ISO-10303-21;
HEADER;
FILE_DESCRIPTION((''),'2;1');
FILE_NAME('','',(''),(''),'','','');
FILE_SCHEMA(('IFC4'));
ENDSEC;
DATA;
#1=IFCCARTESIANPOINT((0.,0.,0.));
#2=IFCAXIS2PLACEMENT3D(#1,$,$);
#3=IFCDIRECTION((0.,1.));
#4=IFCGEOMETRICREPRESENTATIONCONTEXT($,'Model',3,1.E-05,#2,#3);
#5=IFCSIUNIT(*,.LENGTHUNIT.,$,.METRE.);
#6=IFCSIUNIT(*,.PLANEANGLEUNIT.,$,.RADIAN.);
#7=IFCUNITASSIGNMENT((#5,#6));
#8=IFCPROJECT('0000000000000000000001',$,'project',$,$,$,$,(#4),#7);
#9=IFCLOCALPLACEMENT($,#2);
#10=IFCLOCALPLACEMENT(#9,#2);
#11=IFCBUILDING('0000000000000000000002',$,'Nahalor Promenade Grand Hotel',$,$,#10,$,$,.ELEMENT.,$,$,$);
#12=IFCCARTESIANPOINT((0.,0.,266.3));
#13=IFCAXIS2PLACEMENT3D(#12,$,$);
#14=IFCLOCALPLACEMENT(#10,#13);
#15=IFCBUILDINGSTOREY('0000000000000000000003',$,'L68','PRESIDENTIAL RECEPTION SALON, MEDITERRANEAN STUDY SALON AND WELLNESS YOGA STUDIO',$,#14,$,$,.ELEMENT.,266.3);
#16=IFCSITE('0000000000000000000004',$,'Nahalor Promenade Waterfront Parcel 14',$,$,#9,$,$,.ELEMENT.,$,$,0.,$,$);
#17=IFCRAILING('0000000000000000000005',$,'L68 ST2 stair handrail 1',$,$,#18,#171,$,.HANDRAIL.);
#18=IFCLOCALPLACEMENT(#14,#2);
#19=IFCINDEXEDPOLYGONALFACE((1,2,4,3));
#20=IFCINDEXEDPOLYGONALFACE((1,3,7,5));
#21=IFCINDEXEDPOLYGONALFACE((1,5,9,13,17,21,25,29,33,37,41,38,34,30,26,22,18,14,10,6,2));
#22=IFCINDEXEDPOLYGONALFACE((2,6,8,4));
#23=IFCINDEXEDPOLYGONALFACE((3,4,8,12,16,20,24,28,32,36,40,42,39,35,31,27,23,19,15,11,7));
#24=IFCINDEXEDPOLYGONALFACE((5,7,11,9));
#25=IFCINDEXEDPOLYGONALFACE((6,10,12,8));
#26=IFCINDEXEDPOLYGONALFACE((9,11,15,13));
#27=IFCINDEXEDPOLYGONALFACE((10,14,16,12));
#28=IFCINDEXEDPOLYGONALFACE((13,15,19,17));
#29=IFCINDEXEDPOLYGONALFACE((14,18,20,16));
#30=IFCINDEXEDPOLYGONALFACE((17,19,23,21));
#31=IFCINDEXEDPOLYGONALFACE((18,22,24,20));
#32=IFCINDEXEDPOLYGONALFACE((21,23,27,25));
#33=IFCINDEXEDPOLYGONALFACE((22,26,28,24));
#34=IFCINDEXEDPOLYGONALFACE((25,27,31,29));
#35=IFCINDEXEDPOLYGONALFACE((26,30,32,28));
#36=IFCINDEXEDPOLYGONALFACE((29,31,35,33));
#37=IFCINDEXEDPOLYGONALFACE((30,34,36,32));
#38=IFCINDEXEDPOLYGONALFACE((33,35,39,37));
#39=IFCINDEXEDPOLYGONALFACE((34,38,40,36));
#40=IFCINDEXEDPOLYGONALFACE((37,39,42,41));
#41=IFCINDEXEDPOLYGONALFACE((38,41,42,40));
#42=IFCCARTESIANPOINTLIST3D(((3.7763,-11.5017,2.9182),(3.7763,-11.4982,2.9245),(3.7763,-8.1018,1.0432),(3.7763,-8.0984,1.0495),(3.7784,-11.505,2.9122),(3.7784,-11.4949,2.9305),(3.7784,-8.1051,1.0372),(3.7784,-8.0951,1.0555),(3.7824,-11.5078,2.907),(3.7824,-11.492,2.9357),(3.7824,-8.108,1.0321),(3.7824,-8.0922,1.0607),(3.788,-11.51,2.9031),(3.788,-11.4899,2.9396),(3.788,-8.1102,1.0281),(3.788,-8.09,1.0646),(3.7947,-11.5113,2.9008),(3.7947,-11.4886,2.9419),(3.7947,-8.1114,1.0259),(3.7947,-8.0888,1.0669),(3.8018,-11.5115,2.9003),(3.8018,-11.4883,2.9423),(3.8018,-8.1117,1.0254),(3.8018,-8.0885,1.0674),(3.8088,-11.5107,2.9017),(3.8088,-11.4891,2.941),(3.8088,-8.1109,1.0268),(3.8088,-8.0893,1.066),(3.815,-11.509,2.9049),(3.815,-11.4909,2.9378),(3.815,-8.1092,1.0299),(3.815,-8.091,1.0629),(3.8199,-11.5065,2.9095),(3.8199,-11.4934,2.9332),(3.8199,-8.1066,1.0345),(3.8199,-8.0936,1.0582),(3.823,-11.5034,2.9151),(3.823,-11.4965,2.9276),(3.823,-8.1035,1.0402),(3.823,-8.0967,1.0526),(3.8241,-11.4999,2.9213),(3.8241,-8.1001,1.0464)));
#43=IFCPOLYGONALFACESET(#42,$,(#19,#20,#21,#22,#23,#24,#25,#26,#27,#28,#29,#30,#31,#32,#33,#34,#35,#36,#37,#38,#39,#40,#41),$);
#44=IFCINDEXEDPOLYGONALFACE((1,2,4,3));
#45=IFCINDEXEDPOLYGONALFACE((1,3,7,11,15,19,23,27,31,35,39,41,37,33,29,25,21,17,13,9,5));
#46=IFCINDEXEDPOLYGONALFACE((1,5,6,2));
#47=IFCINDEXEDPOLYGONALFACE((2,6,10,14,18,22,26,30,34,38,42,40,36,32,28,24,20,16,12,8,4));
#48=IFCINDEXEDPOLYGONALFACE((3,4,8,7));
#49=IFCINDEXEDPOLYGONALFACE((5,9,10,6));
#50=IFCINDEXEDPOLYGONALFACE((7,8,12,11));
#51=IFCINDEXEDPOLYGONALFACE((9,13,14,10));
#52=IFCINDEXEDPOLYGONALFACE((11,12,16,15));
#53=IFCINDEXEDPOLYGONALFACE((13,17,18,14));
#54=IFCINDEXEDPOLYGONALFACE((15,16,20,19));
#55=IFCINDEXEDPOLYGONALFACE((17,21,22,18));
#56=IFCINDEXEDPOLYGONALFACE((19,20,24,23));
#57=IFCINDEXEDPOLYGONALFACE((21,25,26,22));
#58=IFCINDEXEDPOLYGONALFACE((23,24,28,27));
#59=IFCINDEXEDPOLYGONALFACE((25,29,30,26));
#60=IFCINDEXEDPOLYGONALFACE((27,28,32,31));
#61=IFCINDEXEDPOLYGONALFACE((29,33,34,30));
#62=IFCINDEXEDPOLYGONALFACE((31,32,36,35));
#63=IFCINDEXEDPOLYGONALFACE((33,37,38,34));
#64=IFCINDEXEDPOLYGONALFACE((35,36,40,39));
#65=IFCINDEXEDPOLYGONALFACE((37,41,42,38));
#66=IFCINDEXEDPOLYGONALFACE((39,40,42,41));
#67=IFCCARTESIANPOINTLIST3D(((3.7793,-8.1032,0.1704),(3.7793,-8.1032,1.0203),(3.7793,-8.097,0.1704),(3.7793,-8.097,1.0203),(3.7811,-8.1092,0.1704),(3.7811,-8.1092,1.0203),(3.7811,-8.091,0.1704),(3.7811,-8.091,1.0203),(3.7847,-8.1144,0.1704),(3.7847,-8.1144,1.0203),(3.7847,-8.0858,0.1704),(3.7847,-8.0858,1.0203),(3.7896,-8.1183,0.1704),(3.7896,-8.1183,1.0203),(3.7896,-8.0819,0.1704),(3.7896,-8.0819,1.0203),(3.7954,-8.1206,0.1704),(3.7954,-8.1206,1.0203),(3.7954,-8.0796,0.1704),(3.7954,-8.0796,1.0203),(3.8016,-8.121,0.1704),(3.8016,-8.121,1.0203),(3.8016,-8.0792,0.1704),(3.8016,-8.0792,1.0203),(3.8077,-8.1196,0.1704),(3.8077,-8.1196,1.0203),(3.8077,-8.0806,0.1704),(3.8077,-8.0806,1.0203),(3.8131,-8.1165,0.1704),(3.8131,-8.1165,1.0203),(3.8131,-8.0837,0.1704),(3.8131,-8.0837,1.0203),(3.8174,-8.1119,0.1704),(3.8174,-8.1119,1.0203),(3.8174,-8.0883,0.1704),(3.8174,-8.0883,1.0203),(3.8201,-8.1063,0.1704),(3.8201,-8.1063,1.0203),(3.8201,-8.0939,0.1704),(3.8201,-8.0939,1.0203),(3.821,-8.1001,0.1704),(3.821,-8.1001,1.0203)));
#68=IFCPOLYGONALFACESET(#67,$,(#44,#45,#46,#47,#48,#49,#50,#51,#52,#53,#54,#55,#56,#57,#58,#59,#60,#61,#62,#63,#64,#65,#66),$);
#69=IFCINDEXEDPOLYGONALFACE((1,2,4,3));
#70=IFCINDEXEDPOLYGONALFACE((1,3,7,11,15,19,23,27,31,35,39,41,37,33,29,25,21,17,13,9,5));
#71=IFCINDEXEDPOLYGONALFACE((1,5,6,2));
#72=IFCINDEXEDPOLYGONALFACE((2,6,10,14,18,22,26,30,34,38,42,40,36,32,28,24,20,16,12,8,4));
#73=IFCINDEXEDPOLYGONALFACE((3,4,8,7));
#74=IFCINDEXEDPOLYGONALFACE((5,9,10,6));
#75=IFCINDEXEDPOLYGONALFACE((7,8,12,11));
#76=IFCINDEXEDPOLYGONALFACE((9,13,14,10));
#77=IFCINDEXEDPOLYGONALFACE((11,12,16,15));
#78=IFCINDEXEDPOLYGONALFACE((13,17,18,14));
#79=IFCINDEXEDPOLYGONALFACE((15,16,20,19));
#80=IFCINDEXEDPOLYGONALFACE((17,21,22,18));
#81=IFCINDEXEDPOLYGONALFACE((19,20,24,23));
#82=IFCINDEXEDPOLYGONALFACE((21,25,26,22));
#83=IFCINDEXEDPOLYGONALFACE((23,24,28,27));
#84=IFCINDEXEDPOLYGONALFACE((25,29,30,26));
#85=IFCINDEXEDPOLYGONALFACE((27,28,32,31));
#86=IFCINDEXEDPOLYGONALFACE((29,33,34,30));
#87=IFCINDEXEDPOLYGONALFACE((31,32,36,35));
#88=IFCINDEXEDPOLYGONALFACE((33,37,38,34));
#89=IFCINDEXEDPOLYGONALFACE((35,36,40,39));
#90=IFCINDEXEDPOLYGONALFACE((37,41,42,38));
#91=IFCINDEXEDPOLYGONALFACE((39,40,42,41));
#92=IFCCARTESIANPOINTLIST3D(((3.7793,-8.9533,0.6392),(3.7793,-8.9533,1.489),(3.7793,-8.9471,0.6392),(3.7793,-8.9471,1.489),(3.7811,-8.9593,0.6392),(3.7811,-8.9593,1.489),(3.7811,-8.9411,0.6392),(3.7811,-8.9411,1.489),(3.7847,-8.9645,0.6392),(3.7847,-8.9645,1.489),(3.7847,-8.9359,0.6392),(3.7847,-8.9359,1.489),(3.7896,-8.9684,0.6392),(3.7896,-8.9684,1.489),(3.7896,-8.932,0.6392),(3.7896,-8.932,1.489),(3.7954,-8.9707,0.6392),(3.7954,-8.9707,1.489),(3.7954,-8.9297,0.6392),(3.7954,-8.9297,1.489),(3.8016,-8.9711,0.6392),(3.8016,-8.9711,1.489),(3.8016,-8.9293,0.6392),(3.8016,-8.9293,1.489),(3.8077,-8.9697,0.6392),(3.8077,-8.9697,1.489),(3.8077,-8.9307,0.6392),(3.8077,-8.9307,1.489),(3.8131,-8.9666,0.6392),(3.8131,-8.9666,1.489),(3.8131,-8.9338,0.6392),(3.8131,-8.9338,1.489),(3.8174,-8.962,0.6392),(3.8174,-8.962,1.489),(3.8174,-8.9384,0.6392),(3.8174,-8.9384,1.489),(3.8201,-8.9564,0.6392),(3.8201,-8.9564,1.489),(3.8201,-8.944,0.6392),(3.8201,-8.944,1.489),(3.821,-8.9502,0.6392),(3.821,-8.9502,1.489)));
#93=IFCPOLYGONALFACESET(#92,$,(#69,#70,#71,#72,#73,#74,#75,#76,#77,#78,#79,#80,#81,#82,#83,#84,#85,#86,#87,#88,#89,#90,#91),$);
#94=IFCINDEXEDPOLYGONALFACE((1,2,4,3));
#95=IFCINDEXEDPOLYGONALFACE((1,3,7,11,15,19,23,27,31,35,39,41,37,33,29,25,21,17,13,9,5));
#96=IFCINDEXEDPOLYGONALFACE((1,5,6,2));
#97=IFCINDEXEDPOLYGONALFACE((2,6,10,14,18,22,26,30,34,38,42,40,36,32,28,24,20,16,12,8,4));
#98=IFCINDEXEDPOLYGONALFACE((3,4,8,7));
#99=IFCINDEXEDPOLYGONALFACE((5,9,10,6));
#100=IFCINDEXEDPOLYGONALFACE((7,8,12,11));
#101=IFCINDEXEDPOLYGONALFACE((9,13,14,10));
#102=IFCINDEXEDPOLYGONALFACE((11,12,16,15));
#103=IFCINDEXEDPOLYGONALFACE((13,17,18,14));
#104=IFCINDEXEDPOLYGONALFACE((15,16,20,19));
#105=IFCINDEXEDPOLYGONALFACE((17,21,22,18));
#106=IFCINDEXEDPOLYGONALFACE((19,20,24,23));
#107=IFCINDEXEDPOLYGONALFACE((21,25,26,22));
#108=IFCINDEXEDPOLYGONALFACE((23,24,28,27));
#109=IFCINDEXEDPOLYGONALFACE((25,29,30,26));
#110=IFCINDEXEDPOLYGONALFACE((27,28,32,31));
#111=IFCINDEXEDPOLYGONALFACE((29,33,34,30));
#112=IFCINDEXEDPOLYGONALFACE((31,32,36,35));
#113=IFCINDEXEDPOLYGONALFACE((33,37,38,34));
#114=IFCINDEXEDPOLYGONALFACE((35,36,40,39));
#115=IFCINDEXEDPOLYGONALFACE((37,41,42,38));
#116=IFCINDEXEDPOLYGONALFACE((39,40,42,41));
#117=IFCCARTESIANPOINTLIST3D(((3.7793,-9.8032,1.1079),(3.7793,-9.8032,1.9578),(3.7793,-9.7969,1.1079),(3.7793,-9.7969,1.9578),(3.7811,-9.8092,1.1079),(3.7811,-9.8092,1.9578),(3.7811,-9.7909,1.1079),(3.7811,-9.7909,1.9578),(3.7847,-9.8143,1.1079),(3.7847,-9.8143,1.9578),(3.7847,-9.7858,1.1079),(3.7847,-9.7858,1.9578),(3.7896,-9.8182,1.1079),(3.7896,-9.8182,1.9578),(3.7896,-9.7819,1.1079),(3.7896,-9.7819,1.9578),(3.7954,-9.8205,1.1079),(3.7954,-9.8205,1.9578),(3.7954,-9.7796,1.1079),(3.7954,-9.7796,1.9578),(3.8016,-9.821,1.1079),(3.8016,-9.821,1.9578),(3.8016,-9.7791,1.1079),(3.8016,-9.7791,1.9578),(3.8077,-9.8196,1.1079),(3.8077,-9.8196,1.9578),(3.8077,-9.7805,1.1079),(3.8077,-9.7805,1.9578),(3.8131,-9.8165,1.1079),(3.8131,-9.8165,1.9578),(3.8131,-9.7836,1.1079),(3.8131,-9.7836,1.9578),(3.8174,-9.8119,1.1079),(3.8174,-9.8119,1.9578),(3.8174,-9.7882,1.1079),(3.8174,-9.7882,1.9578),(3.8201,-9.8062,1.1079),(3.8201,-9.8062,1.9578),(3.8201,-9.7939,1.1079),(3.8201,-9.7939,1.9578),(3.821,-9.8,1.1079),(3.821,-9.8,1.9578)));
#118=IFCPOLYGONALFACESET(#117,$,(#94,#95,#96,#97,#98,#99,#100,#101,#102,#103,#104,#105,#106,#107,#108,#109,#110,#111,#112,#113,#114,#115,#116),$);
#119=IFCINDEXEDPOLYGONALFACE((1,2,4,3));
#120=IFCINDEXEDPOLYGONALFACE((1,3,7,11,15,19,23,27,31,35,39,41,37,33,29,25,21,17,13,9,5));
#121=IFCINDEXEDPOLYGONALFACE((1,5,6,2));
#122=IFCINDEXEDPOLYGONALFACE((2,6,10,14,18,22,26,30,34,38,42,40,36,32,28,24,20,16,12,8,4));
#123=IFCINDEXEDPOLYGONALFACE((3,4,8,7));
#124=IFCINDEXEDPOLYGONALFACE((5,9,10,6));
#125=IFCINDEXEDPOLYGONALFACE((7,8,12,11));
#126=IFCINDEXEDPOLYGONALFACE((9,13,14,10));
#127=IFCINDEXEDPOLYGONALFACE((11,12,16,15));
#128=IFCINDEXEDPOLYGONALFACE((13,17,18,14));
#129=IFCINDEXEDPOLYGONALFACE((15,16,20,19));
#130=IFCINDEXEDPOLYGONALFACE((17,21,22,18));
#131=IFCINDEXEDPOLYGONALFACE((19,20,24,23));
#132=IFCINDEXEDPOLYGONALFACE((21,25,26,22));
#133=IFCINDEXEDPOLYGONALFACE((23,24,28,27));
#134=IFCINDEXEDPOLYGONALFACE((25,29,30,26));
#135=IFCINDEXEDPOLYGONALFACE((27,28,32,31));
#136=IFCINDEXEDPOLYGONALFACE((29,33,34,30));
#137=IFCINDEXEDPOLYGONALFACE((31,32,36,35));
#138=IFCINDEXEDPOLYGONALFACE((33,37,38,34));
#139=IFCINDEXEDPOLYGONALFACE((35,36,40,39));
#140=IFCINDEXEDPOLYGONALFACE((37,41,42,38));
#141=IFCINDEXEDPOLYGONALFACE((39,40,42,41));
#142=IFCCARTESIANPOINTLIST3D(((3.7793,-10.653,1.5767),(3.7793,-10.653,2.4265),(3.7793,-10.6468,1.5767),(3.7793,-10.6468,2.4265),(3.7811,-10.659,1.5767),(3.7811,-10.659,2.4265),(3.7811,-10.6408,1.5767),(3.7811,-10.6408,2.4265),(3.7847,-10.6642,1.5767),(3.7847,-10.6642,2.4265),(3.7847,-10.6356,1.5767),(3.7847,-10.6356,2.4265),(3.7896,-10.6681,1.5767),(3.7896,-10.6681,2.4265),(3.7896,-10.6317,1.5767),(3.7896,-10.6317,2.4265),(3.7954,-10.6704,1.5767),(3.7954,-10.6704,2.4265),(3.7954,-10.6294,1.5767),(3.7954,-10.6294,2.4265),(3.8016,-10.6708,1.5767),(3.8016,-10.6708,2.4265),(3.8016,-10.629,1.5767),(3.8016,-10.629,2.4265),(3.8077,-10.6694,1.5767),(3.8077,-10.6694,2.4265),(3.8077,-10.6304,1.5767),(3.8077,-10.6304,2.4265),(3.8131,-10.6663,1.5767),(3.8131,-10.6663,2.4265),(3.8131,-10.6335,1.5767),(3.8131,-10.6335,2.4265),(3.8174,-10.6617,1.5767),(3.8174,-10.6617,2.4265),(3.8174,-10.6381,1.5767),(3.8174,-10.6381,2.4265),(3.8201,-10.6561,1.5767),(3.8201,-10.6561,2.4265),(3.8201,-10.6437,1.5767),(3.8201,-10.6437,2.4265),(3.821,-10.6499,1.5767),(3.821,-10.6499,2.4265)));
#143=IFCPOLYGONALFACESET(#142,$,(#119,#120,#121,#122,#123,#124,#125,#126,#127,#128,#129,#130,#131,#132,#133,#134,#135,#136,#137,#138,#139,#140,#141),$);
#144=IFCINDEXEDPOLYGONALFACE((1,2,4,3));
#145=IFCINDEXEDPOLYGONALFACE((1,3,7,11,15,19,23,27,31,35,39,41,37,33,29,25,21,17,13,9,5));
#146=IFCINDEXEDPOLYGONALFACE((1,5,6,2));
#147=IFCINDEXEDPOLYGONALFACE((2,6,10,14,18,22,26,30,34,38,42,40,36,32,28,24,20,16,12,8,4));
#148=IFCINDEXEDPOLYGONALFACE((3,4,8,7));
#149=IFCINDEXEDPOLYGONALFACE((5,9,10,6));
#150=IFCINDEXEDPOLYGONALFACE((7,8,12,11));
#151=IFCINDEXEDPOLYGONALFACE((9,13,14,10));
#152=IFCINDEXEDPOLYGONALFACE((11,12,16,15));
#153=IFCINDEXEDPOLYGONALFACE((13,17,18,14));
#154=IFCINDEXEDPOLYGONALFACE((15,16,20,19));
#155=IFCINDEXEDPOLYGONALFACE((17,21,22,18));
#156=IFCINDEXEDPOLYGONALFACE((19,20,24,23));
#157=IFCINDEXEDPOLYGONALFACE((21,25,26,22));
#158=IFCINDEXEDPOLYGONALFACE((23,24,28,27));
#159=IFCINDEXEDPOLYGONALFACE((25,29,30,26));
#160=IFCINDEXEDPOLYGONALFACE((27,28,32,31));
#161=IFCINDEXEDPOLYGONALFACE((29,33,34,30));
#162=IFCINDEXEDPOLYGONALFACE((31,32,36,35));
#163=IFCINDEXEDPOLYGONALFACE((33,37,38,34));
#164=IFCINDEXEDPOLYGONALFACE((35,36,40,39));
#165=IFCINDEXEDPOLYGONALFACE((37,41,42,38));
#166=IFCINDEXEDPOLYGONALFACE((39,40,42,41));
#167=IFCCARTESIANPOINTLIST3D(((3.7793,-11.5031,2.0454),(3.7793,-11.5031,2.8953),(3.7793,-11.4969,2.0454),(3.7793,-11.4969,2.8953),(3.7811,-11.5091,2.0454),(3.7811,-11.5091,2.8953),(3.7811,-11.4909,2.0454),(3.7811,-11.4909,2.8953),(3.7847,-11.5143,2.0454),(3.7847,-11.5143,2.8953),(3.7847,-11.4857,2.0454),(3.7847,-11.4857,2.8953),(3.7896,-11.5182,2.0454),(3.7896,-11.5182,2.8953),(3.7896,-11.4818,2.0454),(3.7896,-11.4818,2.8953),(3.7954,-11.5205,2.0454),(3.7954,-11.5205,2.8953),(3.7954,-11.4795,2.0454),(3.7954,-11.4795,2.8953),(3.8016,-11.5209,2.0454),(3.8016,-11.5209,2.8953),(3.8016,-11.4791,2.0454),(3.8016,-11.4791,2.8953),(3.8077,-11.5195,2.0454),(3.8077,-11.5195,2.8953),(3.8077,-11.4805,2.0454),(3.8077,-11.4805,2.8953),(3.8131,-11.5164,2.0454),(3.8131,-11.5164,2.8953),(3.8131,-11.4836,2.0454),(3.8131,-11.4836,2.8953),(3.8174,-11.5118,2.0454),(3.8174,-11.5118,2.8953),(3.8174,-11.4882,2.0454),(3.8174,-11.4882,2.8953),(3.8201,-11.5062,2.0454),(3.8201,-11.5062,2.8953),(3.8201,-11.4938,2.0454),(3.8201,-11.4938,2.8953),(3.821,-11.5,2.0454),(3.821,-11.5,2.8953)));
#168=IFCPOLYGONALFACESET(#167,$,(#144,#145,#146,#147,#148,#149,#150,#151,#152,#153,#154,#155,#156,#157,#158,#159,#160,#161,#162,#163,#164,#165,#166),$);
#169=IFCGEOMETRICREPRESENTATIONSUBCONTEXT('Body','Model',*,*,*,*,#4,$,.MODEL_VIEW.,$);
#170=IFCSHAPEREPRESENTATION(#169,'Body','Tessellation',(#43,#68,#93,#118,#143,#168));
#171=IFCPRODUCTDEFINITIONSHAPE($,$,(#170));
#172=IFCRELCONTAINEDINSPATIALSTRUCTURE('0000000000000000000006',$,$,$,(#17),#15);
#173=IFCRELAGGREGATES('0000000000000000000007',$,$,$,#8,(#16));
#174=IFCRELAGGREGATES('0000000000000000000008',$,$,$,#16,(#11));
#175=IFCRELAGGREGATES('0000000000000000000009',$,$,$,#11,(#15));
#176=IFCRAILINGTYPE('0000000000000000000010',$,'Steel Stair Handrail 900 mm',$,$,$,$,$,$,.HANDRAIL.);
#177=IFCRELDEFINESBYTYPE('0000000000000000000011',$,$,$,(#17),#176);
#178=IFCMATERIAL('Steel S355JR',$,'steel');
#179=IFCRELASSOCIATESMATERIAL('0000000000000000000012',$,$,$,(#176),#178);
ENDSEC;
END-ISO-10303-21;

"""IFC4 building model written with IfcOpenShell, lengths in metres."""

from ifc_helpers import new_model, si_unit, direction, frame, origin, origin_2d, place, context, subcontext, project, spatial, circle, extrude, material, type_object, element, save


model = new_model("IFC4")

# Units and contexts
model_context = context("Model", 3, precision=1e-05, world=origin(), true_north=direction((0.0, 1.0)))
body_context = subcontext(model_context, "Body", "Model", "MODEL_VIEW")
ifc_project = project(units=[si_unit("LENGTHUNIT", "METRE"), si_unit("PLANEANGLEUNIT", "RADIAN")], contexts=[model_context])

# Site, building, storey
site_placement = place(None, origin())
site = spatial("IfcSite", under=ifc_project, at=site_placement, Name="Nahalor Promenade Waterfront Parcel 14", CompositionType="ELEMENT", RefElevation=0.0)
building_placement = place(site_placement, origin())
building = spatial("IfcBuilding", under=site, at=building_placement, Name="Nahalor Promenade Grand Hotel", CompositionType="ELEMENT")
storey_placement = place(building_placement, frame((0.0, 0.0, 266.3)))
storey = spatial("IfcBuildingStorey", under=building, at=storey_placement, Name="L68", Description="PRESIDENTIAL RECEPTION SALON, MEDITERRANEAN STUDY SALON AND WELLNESS YOGA STUDIO", CompositionType="ELEMENT", Elevation=266.3)

# Shared definitions
ifc_material_1 = material(Name="Steel S355JR", Category="steel")

# Railing
railing_type_1 = type_object("IfcRailingType", Name="Steel Stair Handrail 900 mm", PredefinedType="HANDRAIL", material=ifc_material_1)
railing_1_placement = place(storey_placement, frame((3.8, -8.1001, 0.1704)))
element("IfcRailing", 1, at=railing_1_placement, inside=storey, type_object=railing_type_1, Name="L68 ST2 stair handrail 1", PredefinedType="HANDRAIL", context=body_context, shape_type="SweptSolid", body=[
    extrude(circle(Radius=0.024, at=origin_2d()), frame((0.0, 0.0, 0.876), z_axis=(0.0, -0.875666, 0.482918), x_axis=(1.0, 0.0, 0.0)), (0.0, 0.0, 1.0), 3.8826),
    extrude(circle(Radius=0.021, at=origin_2d()), origin(), (0.0, 0.0, 1.0), 0.8499),
    extrude(circle(Radius=0.021, at=origin_2d()), frame((0.0, -0.8501, 0.4688)), (0.0, 0.0, 1.0), 0.8499),
    extrude(circle(Radius=0.021, at=origin_2d()), frame((0.0, -1.7, 0.9375)), (0.0, 0.0, 1.0), 0.8499),
    extrude(circle(Radius=0.021, at=origin_2d()), frame((0.0, -2.5498, 1.4062)), (0.0, 0.0, 1.0), 0.8499),
    extrude(circle(Radius=0.021, at=origin_2d()), frame((0.0, -3.3999, 1.875)), (0.0, 0.0, 1.0), 0.8499),
])

save(model, "model.ifc")
